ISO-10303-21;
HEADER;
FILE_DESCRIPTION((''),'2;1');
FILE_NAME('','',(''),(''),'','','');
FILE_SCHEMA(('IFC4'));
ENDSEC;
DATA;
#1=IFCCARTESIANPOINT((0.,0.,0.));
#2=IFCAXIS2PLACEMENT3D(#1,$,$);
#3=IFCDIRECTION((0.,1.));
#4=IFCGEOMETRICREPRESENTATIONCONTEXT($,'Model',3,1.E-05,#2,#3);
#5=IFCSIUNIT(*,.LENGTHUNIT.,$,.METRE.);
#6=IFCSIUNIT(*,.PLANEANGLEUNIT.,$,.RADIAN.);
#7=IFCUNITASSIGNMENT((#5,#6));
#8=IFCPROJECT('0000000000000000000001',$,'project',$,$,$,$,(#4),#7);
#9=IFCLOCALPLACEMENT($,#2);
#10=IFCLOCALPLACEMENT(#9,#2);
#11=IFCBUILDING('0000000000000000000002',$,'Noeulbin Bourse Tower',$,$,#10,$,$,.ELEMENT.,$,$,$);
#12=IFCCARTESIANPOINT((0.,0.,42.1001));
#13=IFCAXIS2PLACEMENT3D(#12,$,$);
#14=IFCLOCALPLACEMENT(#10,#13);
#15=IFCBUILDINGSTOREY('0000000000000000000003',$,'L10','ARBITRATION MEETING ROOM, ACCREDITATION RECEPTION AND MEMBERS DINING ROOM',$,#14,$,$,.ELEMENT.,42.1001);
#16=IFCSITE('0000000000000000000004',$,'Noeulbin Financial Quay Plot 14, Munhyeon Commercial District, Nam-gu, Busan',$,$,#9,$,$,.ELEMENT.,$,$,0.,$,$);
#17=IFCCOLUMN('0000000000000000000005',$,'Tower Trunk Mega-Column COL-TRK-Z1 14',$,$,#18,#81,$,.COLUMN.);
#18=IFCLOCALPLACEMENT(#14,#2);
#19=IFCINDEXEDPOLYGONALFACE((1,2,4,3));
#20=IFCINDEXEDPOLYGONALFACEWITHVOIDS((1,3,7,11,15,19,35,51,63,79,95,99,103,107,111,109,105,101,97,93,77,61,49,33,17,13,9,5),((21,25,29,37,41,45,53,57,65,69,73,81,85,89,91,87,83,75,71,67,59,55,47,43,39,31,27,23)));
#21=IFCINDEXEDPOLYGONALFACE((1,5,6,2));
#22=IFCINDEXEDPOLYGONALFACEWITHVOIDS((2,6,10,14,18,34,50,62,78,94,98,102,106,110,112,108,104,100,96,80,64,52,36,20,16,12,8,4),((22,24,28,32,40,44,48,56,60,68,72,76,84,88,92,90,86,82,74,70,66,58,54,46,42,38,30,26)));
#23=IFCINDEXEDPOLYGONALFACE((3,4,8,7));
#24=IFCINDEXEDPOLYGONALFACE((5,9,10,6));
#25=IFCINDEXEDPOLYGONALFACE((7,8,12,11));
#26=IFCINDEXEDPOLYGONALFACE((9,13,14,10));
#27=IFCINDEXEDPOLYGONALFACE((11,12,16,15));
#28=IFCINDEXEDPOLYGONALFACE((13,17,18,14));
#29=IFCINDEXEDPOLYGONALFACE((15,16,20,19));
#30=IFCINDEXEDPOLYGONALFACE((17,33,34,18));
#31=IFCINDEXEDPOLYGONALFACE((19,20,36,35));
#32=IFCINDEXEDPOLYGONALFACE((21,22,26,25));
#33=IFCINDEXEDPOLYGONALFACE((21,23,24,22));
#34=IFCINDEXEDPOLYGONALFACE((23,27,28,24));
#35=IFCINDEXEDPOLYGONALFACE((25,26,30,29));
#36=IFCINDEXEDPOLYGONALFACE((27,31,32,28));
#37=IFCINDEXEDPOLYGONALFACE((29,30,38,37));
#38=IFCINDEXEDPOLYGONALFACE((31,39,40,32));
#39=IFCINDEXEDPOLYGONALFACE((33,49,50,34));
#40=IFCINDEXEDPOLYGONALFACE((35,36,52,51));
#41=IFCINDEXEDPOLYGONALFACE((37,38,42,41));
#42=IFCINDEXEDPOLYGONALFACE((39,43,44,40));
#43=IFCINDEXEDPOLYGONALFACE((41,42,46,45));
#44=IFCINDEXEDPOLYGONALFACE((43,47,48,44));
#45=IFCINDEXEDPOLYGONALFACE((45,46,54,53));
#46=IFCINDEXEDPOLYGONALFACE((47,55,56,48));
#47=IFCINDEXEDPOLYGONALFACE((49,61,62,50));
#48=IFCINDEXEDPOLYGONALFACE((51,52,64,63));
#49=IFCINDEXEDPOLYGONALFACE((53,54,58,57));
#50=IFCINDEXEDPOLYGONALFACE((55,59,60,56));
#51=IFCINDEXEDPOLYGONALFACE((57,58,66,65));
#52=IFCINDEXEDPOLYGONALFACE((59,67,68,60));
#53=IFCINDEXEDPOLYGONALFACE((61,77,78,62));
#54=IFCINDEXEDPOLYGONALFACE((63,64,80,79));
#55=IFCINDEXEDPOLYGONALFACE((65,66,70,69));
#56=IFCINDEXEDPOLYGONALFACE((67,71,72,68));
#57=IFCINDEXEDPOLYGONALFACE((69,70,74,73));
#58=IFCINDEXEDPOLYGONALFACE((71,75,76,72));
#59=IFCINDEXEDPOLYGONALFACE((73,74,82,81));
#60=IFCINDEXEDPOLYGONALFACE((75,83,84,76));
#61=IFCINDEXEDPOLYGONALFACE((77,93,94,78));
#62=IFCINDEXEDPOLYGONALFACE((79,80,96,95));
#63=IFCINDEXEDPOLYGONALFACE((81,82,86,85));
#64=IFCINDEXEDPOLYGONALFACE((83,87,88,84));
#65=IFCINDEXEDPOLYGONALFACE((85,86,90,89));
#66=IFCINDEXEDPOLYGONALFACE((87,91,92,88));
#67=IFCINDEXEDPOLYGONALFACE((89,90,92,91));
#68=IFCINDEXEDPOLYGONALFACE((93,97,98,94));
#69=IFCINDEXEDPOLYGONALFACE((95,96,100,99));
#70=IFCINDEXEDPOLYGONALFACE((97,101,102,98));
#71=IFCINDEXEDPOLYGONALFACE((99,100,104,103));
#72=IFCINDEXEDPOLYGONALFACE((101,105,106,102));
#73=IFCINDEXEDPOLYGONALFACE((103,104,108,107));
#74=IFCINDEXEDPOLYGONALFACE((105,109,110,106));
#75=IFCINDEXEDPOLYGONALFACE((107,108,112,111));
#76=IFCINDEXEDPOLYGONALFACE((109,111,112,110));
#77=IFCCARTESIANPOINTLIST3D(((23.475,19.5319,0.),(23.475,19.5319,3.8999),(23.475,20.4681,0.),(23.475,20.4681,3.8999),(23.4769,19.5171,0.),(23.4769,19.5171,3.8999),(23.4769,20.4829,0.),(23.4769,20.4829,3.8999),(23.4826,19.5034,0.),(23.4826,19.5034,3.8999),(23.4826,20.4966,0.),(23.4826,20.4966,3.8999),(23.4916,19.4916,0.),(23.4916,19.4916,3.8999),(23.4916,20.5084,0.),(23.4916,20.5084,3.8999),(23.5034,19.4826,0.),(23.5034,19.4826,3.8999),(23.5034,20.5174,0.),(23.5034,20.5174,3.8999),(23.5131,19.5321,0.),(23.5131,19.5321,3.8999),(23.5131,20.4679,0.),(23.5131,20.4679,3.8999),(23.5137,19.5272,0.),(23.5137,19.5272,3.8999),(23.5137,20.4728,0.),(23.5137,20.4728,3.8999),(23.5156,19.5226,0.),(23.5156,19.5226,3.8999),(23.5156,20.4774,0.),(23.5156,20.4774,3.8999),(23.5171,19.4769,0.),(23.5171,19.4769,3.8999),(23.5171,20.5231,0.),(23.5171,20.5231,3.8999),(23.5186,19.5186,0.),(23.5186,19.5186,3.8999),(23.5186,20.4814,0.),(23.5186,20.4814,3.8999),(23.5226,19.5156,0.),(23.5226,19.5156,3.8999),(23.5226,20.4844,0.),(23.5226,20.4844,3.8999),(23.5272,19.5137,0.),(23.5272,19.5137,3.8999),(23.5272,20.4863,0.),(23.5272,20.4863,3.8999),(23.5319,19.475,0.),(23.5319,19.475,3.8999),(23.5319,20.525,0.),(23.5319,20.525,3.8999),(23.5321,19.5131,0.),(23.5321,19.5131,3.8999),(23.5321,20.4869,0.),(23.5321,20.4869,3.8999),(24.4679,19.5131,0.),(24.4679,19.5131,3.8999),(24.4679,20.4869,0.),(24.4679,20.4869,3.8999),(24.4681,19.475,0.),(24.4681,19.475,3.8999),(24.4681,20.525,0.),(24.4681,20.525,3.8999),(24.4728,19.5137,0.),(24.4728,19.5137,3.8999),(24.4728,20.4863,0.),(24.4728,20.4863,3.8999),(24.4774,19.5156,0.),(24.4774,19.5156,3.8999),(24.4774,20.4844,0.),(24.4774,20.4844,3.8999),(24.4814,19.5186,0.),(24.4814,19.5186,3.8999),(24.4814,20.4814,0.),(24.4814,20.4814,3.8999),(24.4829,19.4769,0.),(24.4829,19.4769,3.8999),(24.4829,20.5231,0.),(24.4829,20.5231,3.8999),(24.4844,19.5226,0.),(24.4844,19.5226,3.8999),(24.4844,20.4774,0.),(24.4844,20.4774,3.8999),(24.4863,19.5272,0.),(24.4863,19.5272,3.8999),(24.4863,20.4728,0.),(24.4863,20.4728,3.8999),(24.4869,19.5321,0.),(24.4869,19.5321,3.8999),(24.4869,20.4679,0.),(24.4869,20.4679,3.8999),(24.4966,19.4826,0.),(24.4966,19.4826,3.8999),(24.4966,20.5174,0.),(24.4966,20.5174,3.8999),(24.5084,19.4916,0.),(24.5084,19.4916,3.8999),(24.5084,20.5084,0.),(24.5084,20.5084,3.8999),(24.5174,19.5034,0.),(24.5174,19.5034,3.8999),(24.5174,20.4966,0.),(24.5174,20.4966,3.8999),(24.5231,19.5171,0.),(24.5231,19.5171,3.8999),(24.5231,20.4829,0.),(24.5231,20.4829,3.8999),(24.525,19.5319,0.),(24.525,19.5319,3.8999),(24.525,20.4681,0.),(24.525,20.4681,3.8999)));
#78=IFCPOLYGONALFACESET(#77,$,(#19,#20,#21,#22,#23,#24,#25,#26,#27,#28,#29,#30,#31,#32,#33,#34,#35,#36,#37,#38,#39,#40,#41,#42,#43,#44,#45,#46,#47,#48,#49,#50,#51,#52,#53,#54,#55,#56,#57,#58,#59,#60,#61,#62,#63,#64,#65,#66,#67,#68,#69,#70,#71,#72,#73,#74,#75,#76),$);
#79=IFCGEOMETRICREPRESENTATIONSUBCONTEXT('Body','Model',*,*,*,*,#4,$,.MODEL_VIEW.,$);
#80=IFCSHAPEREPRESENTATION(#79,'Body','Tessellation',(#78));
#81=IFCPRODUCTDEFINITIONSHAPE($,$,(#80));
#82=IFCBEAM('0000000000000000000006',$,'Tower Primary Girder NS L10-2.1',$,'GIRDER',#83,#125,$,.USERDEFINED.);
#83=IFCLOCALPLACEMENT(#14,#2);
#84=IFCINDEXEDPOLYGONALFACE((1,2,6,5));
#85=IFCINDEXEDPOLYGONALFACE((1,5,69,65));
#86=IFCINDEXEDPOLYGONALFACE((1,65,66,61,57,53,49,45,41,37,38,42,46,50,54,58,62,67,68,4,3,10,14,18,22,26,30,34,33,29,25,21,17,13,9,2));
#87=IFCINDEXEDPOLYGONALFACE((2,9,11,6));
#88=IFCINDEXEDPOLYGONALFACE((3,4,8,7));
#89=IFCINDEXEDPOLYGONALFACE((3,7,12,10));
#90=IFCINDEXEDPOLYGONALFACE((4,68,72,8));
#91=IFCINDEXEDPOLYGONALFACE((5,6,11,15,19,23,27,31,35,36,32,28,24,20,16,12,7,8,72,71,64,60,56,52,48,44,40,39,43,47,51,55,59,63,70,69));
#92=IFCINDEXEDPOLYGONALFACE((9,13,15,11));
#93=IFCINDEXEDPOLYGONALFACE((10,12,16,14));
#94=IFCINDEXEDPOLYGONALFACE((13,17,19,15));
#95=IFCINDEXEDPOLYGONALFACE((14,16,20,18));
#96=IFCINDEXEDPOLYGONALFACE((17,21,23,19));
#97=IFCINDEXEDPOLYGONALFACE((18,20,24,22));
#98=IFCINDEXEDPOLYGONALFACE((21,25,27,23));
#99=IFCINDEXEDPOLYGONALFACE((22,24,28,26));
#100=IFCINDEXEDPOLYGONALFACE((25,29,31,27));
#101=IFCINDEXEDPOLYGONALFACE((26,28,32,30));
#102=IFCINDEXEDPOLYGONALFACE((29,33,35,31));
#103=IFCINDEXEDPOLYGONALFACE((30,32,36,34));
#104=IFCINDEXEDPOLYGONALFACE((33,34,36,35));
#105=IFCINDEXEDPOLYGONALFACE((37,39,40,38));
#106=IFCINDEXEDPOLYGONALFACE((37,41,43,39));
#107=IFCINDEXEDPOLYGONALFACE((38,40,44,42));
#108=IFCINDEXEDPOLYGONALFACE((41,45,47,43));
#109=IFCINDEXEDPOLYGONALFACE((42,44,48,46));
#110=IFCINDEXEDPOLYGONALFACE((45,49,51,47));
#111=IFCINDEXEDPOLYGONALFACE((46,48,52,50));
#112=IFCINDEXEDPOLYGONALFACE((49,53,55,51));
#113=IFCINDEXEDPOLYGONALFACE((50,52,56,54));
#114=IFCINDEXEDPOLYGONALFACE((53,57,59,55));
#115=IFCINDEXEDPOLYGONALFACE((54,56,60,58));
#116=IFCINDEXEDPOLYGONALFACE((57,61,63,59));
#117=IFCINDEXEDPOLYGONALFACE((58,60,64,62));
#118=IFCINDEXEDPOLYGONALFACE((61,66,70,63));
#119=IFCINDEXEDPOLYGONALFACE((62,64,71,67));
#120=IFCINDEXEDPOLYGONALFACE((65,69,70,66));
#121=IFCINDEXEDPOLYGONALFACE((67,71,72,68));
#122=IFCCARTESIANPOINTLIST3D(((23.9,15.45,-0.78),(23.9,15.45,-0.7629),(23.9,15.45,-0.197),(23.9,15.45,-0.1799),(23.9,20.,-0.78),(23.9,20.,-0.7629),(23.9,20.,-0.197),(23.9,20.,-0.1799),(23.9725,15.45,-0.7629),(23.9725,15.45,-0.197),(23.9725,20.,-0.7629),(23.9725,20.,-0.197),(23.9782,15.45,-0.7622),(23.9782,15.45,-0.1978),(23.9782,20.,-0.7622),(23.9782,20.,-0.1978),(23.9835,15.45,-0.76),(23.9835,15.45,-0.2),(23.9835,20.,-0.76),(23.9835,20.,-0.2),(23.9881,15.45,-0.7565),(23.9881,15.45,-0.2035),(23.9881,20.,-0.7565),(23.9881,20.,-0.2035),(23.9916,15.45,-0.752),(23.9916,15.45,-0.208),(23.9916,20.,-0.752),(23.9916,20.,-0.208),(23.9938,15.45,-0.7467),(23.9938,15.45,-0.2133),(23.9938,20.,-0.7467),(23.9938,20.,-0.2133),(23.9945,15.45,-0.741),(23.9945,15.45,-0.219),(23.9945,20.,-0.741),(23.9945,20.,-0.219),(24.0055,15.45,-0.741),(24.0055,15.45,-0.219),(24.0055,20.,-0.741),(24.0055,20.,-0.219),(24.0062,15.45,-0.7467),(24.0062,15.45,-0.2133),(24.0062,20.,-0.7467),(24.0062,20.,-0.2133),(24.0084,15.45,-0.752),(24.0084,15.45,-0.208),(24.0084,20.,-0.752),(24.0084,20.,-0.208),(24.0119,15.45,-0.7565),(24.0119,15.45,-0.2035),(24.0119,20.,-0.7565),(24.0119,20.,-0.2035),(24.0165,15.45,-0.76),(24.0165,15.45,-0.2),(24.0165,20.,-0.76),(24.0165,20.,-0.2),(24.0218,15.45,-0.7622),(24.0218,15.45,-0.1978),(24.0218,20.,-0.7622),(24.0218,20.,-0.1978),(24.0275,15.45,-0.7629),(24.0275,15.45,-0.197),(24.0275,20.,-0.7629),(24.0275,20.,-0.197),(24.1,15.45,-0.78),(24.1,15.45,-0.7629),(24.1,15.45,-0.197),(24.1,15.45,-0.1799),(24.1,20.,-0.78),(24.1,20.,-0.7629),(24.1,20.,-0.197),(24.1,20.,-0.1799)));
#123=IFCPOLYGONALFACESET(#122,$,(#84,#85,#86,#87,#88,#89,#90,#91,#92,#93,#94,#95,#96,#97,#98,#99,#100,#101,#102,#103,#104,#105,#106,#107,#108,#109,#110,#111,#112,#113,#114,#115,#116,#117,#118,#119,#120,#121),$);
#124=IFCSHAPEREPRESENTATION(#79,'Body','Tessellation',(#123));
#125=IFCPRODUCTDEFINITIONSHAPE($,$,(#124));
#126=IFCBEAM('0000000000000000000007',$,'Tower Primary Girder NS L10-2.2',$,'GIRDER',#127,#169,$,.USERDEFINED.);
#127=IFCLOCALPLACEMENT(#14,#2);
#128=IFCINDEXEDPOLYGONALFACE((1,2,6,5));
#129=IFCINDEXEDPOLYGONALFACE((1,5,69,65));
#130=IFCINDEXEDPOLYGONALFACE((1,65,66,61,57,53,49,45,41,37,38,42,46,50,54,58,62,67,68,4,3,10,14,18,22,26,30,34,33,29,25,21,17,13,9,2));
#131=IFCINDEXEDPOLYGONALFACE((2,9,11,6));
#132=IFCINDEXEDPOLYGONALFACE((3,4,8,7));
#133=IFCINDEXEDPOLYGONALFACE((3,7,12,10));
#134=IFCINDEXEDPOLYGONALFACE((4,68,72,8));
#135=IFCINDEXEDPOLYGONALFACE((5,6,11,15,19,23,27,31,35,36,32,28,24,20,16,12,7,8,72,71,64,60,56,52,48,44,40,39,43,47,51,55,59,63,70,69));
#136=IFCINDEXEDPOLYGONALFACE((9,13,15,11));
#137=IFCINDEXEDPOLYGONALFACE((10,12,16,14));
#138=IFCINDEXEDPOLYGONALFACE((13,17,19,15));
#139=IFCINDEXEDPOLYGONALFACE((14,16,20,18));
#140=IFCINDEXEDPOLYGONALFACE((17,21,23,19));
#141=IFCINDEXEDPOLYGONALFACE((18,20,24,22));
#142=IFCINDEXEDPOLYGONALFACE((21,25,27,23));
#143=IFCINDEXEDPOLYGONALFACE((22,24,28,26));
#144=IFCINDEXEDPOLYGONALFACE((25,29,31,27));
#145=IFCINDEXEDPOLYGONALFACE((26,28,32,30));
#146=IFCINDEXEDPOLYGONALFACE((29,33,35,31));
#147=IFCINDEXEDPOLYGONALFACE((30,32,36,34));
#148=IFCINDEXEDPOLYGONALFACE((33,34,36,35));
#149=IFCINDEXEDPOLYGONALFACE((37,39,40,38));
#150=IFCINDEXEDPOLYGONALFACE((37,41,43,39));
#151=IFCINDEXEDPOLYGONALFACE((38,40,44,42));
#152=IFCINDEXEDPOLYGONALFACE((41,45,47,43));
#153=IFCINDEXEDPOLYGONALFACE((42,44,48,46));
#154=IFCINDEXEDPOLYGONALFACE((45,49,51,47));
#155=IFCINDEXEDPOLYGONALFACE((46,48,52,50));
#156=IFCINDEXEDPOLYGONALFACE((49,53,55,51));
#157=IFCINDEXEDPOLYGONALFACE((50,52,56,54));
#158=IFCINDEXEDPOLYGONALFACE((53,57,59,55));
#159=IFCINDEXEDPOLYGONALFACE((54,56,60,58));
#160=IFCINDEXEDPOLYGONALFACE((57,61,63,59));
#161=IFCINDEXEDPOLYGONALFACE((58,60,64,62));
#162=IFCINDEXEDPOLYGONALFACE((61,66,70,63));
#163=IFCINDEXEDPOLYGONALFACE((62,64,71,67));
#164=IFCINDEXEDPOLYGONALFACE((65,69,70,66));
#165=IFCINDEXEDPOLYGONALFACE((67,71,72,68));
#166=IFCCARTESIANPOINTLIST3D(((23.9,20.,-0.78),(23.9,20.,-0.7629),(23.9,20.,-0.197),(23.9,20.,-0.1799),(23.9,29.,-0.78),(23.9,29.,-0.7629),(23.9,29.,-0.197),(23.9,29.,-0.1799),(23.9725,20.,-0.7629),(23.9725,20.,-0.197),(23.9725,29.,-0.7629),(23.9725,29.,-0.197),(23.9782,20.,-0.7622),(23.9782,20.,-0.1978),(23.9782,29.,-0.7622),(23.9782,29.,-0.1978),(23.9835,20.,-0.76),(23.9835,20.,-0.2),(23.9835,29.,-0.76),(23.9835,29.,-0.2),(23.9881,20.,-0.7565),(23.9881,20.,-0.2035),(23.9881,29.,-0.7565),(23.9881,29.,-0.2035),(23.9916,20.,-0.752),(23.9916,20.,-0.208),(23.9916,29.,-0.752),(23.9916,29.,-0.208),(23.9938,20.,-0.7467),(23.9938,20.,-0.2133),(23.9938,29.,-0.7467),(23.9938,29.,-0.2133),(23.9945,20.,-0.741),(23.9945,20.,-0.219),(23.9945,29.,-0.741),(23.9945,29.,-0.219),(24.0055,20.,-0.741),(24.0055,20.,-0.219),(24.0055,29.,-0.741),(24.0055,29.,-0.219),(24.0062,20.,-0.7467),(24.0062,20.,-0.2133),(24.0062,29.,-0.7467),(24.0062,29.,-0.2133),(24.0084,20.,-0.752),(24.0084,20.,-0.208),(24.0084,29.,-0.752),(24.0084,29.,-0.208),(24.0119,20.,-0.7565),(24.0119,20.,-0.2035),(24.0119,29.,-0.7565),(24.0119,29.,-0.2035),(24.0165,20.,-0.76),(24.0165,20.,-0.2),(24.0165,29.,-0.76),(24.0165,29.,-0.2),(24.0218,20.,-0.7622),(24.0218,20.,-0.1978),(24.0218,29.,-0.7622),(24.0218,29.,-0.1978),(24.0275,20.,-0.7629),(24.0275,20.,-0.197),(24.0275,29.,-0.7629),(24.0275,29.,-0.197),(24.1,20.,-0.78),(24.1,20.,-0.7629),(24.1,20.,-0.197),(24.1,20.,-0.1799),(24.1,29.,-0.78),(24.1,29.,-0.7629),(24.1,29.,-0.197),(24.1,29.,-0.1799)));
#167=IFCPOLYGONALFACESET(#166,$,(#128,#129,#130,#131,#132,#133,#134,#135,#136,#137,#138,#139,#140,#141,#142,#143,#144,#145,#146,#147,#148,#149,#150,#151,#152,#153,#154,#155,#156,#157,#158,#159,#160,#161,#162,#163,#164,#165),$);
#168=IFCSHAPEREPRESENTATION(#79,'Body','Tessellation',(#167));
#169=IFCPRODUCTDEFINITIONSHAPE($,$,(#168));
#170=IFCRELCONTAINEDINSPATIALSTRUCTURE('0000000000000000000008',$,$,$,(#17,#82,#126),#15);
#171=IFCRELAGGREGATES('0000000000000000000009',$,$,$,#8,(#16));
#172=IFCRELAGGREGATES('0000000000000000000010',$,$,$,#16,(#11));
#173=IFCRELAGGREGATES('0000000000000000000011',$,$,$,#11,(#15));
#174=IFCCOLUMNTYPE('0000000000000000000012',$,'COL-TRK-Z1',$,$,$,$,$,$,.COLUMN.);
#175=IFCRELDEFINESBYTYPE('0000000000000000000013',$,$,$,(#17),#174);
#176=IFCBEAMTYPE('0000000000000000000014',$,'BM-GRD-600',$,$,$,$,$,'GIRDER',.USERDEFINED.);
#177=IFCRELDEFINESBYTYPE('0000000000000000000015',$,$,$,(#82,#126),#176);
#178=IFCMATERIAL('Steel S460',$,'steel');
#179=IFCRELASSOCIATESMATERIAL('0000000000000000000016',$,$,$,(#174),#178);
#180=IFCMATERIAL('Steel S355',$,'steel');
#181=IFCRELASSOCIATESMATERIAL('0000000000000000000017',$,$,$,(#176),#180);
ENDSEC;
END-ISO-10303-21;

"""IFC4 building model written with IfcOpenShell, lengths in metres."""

from ifc_helpers import new_model, si_unit, direction, frame, origin, origin_2d, place, context, subcontext, project, spatial, hollow_rectangle, i_section, extrude, material, material_profile, profile_set, type_object, element, save


model = new_model("IFC4")

# Units and contexts
model_context = context("Model", 3, precision=1e-05, world=origin(), true_north=direction((0.0, 1.0)))
body_context = subcontext(model_context, "Body", "Model", "MODEL_VIEW")
ifc_project = project(units=[si_unit("LENGTHUNIT", "METRE"), si_unit("PLANEANGLEUNIT", "RADIAN")], contexts=[model_context])

# Site, building, storey
site_placement = place(None, origin())
site = spatial("IfcSite", under=ifc_project, at=site_placement, Name="Noeulbin Financial Quay Plot 14, Munhyeon Commercial District, Nam-gu, Busan", CompositionType="ELEMENT", RefElevation=0.0)
building_placement = place(site_placement, origin())
building = spatial("IfcBuilding", under=site, at=building_placement, Name="Noeulbin Bourse Tower", CompositionType="ELEMENT")
storey_placement = place(building_placement, frame((0.0, 0.0, 42.1001)))
storey = spatial("IfcBuildingStorey", under=building, at=storey_placement, Name="L10", Description="ARBITRATION MEETING ROOM, ACCREDITATION RECEPTION AND MEMBERS DINING ROOM", CompositionType="ELEMENT", Elevation=42.1001)

# Column
ifc_material_1 = material(Name="Steel S460", Category="steel")
ifc_material_profile_1 = material_profile(ifc_material_1, hollow_rectangle(XDim=1.05, YDim=1.05, WallThickness=0.0381, InnerFilletRadius=0.019, OuterFilletRadius=0.0569, at=origin_2d()), Name="BOX-1050x1050x38", Category="LoadBearing")
ifc_profile_set_1 = profile_set([ifc_material_profile_1], Name="Steel S460")
column_type = type_object("IfcColumnType", Name="COL-TRK-Z1", PredefinedType="COLUMN", material=ifc_profile_set_1)
column_placement = place(storey_placement, frame((24.0, 20.0, 0.0), z_axis=(0.0, 0.0, 1.0), x_axis=(1.0, 0.0, 0.0)))
element("IfcColumn", 1, at=column_placement, inside=storey, type_object=column_type, Name="Tower Trunk Mega-Column COL-TRK-Z1 14", PredefinedType="COLUMN", context=body_context, shape_type="SweptSolid", body=[
    extrude(hollow_rectangle(XDim=1.05, YDim=1.05, WallThickness=0.0381, InnerFilletRadius=0.019, OuterFilletRadius=0.0569, at=origin_2d()), origin(), (0.0, 0.0, 1.0), 3.8999),
])

# Beams
ifc_material_2 = material(Name="Steel S355", Category="steel")
ifc_material_profile_2 = material_profile(ifc_material_2, i_section(OverallWidth=0.2, OverallDepth=0.6001, WebThickness=0.011, FlangeThickness=0.0171, FilletRadius=0.022, at=origin_2d()), Name="H-600x200x11x17", Category="LoadBearing")
ifc_profile_set_2 = profile_set([ifc_material_profile_2], Name="Steel S355")
beam_type_1 = type_object("IfcBeamType", Name="BM-GRD-600", ElementType="GIRDER", PredefinedType="USERDEFINED", material=ifc_profile_set_2)
beam_1_placement = place(storey_placement, frame((24.0, 15.45, -0.48), z_axis=(0.0, 1.0, 0.0), x_axis=(-1.0, 0.0, 0.0)))
element("IfcBeam", 2, at=beam_1_placement, inside=storey, type_object=beam_type_1, Name="Tower Primary Girder NS L10-2.1", ObjectType="GIRDER", PredefinedType="USERDEFINED", context=body_context, shape_type="SweptSolid", body=[
    extrude(i_section(OverallWidth=0.2, OverallDepth=0.6001, WebThickness=0.011, FlangeThickness=0.0171, FilletRadius=0.022, at=origin_2d()), origin(), (0.0, 0.0, 1.0), 4.55),
])
beam_2_placement = place(storey_placement, frame((24.0, 20.0, -0.48), z_axis=(0.0, 1.0, 0.0), x_axis=(-1.0, 0.0, 0.0)))
element("IfcBeam", 3, at=beam_2_placement, inside=storey, type_object=beam_type_1, Name="Tower Primary Girder NS L10-2.2", ObjectType="GIRDER", PredefinedType="USERDEFINED", context=body_context, shape_type="SweptSolid", body=[
    extrude(i_section(OverallWidth=0.2, OverallDepth=0.6001, WebThickness=0.011, FlangeThickness=0.0171, FilletRadius=0.022, at=origin_2d()), origin(), (0.0, 0.0, 1.0), 9.0),
])

save(model, "model.ifc")
